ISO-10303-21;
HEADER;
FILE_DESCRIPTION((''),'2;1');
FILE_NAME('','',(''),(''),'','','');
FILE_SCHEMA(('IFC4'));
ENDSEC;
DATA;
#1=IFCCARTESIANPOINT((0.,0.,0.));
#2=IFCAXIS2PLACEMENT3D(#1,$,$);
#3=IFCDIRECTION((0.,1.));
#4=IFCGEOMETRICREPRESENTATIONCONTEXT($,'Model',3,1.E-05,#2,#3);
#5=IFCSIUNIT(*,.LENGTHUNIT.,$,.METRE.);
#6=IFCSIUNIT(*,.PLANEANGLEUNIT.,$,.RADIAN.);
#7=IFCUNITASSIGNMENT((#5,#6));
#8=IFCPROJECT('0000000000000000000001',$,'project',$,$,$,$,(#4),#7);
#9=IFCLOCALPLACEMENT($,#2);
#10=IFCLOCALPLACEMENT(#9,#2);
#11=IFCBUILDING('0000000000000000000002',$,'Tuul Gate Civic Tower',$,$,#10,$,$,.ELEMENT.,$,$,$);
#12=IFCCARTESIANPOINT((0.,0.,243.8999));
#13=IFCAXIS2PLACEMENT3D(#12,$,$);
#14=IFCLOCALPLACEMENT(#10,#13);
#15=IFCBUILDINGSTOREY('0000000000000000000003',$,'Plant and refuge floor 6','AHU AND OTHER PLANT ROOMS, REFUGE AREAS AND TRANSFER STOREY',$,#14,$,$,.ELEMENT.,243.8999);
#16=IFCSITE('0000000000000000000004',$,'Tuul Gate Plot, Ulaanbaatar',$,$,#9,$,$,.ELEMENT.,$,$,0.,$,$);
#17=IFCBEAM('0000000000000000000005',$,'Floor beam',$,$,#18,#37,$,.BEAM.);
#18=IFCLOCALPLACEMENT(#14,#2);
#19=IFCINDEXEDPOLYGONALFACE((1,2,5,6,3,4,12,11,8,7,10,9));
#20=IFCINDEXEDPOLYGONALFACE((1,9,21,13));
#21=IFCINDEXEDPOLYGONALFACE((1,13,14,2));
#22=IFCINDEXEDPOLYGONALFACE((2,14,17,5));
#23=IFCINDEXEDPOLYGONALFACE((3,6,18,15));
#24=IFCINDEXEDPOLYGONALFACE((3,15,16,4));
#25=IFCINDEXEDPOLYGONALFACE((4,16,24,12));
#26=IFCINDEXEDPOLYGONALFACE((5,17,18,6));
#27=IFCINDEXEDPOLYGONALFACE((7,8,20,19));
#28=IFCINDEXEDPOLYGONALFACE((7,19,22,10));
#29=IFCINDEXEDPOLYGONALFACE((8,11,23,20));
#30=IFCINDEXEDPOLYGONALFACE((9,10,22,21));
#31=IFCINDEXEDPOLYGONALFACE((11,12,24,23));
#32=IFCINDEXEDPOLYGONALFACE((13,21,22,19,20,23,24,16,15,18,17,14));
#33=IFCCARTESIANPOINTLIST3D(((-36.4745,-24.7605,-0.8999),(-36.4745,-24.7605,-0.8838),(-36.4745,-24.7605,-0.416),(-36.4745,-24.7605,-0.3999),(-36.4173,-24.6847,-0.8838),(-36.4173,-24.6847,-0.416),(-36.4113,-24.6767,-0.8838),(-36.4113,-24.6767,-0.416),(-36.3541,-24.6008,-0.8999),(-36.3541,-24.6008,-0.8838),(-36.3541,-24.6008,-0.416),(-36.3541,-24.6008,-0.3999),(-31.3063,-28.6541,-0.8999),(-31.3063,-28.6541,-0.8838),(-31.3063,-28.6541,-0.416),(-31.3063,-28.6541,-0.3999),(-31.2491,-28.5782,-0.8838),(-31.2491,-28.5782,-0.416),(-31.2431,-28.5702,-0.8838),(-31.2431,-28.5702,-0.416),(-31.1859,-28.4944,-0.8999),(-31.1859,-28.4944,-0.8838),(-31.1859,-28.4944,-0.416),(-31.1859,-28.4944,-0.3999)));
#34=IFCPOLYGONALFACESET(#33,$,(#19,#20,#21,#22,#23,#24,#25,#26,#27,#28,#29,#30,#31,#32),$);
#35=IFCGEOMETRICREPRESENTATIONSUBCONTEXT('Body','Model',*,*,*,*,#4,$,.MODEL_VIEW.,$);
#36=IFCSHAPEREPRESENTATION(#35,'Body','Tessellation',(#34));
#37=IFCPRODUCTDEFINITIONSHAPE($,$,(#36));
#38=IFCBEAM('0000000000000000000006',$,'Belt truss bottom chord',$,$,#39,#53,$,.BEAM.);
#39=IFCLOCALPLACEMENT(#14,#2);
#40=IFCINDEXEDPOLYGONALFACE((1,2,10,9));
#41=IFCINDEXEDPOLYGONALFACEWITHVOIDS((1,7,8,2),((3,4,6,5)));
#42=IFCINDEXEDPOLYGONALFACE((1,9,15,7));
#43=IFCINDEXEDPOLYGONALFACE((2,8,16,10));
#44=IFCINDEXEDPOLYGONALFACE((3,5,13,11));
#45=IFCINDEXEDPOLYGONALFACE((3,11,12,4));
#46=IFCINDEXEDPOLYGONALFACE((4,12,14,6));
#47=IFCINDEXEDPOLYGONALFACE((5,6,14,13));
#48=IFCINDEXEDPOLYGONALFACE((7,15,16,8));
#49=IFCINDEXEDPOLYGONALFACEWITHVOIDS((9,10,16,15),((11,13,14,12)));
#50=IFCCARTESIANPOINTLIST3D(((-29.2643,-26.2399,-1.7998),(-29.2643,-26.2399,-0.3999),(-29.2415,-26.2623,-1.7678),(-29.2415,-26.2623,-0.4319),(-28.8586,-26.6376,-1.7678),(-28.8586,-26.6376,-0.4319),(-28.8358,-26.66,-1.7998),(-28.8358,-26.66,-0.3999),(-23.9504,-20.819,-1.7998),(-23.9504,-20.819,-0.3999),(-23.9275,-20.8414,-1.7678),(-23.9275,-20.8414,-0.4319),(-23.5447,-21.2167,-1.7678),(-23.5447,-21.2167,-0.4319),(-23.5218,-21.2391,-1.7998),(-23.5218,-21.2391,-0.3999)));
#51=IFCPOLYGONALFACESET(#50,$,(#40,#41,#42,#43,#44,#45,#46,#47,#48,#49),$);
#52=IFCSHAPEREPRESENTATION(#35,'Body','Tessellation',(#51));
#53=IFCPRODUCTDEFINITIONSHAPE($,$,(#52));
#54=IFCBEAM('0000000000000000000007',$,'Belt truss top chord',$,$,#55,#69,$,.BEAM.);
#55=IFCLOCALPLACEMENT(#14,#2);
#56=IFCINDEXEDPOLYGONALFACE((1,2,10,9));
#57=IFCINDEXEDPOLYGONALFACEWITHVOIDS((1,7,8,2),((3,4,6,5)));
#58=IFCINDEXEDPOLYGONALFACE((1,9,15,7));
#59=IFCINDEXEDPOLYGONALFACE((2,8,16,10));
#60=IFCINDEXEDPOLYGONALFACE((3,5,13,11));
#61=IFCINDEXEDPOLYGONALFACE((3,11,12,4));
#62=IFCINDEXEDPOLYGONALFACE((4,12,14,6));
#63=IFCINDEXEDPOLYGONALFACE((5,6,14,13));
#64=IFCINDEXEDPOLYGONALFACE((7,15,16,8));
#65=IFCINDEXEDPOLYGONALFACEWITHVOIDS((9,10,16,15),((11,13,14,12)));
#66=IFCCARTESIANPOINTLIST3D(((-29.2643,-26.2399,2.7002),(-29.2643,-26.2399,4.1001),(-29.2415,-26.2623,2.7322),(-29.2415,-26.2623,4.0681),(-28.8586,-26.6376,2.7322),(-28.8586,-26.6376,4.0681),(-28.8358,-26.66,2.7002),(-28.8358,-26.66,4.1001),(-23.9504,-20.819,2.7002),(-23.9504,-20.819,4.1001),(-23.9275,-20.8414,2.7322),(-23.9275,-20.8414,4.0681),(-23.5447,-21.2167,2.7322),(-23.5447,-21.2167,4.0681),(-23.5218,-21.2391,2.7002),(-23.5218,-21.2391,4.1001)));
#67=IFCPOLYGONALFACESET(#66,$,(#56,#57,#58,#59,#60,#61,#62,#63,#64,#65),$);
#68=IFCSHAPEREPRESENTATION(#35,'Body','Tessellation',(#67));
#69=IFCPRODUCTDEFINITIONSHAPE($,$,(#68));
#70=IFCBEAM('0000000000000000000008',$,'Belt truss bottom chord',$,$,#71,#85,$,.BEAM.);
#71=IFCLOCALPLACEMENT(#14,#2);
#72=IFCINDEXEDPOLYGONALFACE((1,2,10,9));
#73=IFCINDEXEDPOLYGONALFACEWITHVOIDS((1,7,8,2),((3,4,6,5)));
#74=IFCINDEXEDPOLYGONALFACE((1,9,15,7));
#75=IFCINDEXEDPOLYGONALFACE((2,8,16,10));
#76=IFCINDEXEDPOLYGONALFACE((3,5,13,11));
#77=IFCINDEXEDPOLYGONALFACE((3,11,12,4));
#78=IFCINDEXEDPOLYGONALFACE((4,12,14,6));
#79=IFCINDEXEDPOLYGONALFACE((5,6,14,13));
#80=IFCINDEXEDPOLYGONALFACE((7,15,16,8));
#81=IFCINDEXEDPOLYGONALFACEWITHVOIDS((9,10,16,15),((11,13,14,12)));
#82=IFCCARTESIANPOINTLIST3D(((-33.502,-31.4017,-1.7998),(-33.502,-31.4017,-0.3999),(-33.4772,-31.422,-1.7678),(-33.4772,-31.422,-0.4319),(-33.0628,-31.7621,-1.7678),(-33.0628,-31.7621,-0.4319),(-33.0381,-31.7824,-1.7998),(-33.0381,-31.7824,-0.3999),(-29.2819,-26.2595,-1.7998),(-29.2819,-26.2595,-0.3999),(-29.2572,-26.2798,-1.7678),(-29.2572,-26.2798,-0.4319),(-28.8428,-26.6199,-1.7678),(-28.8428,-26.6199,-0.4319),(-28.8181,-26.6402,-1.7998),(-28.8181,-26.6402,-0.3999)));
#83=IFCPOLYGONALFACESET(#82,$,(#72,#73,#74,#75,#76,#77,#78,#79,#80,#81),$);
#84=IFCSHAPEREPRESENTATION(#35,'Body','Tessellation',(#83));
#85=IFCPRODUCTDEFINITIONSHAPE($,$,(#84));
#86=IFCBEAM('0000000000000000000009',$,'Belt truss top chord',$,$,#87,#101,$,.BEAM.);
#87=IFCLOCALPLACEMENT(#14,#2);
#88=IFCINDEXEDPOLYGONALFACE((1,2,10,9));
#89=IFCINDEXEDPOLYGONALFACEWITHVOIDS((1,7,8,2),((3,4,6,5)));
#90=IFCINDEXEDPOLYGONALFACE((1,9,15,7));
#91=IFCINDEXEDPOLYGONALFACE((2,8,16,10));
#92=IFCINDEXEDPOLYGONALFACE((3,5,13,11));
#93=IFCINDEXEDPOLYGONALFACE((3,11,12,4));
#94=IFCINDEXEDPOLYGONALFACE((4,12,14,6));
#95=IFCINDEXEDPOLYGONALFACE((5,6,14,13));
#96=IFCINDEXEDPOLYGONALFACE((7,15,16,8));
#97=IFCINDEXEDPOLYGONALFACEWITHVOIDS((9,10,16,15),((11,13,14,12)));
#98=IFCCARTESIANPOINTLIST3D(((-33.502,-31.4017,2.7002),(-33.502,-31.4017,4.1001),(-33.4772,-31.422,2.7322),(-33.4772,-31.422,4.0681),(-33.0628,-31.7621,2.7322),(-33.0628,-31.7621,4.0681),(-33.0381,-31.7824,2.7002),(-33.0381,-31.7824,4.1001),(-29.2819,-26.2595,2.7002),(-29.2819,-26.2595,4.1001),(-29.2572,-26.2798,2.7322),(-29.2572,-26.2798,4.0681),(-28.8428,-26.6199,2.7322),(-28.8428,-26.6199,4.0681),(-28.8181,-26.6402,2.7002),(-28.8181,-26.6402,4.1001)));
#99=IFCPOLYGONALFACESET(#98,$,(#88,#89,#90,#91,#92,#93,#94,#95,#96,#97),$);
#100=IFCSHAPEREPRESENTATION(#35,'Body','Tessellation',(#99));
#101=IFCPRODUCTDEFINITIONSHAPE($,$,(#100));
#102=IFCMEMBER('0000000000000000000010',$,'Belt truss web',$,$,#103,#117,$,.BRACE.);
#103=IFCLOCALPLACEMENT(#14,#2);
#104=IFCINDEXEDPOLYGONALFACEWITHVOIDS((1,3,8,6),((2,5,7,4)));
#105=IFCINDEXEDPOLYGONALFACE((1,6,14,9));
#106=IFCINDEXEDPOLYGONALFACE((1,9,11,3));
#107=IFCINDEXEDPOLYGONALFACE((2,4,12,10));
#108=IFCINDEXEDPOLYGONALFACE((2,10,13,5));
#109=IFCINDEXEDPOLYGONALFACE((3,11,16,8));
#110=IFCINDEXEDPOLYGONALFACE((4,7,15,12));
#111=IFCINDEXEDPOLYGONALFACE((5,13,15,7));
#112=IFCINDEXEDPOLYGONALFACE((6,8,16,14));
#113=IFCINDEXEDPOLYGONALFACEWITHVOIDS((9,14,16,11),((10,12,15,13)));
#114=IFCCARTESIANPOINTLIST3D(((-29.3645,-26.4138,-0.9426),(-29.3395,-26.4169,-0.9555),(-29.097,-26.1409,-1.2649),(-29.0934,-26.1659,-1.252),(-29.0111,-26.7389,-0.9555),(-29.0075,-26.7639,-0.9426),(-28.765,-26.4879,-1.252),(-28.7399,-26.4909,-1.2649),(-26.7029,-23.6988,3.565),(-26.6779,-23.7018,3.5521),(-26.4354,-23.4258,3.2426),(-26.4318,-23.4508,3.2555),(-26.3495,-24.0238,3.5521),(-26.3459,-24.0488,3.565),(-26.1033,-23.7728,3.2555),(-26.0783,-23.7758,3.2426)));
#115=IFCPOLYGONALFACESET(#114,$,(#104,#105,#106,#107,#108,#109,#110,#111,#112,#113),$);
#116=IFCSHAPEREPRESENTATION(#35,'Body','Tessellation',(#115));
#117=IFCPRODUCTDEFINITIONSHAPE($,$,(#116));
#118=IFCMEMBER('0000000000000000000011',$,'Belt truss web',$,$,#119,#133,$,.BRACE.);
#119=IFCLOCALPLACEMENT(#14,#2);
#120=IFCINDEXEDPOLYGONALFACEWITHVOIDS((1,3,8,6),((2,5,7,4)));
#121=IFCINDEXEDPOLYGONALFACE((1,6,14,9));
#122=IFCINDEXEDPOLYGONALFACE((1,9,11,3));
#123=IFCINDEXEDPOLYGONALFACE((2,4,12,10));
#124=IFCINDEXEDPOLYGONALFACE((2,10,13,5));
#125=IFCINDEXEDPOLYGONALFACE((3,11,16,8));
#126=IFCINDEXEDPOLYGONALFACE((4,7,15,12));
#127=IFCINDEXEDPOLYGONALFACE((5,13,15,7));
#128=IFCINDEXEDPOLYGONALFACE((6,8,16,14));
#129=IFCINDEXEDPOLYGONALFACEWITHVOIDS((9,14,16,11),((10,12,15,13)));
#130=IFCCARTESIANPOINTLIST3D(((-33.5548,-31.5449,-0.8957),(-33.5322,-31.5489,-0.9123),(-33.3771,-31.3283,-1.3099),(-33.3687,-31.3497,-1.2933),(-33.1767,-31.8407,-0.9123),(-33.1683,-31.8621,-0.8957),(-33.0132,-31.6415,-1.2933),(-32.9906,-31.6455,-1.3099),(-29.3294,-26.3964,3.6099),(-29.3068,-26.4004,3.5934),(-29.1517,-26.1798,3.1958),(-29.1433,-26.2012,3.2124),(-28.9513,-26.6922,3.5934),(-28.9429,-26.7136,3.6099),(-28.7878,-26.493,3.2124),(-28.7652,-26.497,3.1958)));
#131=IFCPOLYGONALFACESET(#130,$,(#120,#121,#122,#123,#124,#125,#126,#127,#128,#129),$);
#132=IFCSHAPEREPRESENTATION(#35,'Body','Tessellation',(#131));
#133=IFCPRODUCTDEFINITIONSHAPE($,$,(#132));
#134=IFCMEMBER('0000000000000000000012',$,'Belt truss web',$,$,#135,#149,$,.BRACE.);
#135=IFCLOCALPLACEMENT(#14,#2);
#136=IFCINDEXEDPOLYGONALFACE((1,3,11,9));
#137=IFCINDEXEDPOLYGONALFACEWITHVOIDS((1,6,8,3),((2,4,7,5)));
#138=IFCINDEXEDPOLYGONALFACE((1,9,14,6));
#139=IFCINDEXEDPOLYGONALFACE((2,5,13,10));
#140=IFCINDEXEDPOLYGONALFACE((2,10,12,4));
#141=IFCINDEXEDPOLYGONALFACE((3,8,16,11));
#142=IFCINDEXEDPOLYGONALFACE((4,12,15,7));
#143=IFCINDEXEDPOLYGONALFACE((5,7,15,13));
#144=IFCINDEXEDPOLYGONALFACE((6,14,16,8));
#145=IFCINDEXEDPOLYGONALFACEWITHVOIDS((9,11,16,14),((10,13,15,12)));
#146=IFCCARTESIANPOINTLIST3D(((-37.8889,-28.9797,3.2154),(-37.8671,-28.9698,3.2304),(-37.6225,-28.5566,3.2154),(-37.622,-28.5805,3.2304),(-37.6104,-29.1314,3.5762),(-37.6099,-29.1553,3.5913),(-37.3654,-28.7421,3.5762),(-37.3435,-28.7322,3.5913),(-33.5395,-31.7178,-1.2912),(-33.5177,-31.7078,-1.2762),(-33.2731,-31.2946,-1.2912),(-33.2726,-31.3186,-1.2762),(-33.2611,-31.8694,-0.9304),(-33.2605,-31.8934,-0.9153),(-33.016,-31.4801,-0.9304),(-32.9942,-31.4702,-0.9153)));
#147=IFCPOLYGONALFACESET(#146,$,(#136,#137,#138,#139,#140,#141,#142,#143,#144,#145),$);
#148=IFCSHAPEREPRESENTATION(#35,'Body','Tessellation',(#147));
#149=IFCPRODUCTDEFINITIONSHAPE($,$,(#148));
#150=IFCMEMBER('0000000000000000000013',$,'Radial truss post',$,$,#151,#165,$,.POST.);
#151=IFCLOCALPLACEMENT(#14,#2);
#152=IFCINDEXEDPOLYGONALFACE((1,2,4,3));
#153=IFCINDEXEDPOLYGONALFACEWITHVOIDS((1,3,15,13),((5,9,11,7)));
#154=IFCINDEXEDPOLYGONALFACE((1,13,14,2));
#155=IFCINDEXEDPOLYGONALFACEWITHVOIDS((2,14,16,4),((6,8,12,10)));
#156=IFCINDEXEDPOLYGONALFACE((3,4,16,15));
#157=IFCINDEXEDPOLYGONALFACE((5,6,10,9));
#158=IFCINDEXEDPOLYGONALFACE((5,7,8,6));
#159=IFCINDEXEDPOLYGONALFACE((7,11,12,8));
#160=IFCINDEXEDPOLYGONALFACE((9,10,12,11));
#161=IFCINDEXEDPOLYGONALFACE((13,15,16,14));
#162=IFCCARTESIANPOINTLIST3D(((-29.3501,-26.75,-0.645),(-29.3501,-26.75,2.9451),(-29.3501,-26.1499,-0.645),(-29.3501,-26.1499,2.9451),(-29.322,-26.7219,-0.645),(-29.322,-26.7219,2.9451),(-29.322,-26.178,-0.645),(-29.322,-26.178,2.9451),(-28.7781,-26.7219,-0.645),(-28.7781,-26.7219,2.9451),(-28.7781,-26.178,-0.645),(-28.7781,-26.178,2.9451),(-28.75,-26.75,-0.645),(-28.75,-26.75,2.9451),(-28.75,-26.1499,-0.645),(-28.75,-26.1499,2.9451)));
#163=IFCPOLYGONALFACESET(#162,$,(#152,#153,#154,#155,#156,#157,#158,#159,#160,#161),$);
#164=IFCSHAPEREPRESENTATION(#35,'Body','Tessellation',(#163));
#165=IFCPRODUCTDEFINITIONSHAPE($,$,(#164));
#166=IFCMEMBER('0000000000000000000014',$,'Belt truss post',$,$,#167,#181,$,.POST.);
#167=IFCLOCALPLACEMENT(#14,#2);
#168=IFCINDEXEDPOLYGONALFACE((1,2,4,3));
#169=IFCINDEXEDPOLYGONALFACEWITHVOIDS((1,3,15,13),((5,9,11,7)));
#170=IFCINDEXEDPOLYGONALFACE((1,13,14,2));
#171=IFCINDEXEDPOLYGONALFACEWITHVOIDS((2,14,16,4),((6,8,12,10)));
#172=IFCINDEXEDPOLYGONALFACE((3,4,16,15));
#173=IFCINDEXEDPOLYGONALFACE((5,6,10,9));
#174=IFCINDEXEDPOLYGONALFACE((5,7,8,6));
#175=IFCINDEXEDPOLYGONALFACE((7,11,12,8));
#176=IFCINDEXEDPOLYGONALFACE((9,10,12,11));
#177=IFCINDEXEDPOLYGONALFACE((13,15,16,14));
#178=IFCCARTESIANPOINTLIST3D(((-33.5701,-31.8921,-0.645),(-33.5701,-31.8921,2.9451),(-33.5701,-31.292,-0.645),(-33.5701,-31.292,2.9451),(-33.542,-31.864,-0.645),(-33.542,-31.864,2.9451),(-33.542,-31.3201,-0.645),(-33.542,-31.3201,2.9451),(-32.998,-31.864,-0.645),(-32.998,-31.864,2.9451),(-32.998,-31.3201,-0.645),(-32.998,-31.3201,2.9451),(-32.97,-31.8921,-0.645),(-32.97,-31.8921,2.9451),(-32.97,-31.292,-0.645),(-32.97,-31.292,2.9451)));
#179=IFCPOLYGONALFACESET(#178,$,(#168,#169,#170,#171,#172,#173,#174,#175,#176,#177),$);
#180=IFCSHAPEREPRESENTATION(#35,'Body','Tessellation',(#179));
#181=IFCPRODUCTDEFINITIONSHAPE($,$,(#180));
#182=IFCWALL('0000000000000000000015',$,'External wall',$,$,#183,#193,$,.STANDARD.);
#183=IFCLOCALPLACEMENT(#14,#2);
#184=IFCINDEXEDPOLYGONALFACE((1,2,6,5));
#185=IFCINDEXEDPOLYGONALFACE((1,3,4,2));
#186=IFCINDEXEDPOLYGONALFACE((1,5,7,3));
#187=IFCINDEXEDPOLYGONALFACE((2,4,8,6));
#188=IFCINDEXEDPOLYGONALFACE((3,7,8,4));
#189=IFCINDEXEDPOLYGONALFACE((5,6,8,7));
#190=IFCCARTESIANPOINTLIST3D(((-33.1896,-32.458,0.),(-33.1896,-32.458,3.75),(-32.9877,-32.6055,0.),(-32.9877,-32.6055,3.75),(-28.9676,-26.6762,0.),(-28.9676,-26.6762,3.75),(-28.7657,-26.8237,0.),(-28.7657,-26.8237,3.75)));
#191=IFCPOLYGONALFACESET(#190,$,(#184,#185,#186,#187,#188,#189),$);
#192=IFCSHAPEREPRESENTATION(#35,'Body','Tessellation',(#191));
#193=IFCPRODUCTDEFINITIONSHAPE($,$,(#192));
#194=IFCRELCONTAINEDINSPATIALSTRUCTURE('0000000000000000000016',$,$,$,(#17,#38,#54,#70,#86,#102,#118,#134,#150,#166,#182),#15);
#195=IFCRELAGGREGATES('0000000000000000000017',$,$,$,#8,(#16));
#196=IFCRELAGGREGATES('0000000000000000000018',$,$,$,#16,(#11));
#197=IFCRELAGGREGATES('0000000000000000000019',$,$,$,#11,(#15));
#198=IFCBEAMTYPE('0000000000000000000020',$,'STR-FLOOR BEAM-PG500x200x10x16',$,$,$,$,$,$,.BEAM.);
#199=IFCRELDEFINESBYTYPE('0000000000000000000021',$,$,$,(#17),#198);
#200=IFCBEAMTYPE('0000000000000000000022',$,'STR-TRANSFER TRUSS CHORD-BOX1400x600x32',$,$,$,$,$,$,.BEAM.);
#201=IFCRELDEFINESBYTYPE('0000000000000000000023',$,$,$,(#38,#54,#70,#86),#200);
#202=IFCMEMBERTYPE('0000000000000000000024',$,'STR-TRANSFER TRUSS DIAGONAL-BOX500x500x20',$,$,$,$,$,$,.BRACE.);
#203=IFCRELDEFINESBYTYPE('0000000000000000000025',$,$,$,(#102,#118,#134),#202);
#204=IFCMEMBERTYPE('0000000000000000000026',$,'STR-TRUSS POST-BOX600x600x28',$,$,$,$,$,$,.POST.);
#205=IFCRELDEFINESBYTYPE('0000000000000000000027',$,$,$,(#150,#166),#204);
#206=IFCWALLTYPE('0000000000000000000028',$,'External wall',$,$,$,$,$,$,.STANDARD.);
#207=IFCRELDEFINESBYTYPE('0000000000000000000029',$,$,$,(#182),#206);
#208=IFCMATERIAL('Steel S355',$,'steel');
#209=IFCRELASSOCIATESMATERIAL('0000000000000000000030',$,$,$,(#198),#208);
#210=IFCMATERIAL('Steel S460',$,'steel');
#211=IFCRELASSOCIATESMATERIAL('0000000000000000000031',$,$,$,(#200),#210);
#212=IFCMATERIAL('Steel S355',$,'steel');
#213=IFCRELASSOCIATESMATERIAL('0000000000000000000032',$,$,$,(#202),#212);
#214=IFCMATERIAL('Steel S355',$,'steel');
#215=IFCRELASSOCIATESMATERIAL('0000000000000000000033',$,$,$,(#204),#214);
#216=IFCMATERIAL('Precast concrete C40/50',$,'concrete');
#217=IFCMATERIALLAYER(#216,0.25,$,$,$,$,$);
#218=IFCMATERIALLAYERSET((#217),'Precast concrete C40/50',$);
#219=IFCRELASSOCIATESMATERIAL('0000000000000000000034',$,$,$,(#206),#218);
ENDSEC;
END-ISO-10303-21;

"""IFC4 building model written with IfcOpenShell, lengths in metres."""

from ifc_helpers import new_model, si_unit, direction, frame, frame_2d, origin, origin_2d, place, context, subcontext, project, spatial, rectangle, hollow_rectangle, i_section, extrude, material, layer, layer_set, material_profile, profile_set, type_object, element, save


model = new_model("IFC4")

# Units and contexts
model_context = context("Model", 3, precision=1e-05, world=origin(), true_north=direction((0.0, 1.0)))
body_context = subcontext(model_context, "Body", "Model", "MODEL_VIEW")
ifc_project = project(units=[si_unit("LENGTHUNIT", "METRE"), si_unit("PLANEANGLEUNIT", "RADIAN")], contexts=[model_context])

# Site, building, storey
site_placement = place(None, origin())
site = spatial("IfcSite", under=ifc_project, at=site_placement, Name="Tuul Gate Plot, Ulaanbaatar", CompositionType="ELEMENT", RefElevation=0.0)
building_placement = place(site_placement, origin())
building = spatial("IfcBuilding", under=site, at=building_placement, Name="Tuul Gate Civic Tower", CompositionType="ELEMENT")
storey_placement = place(building_placement, frame((0.0, 0.0, 243.8999)))
storey = spatial("IfcBuildingStorey", under=building, at=storey_placement, Name="Plant and refuge floor 6", Description="AHU AND OTHER PLANT ROOMS, REFUGE AREAS AND TRANSFER STOREY", CompositionType="ELEMENT", Elevation=243.8999)

# Beams
ifc_material_1 = material(Name="Steel S355", Category="steel")
ifc_material_profile_1 = material_profile(ifc_material_1, i_section(OverallWidth=0.2, OverallDepth=0.5, WebThickness=0.01, FlangeThickness=0.0161, at=origin_2d()), Name="PG500x200x10x16")
ifc_profile_set_1 = profile_set([ifc_material_profile_1], Name="Steel S355")
beam_type_1 = type_object("IfcBeamType", Name="STR-FLOOR BEAM-PG500x200x10x16", PredefinedType="BEAM", material=ifc_profile_set_1)
beam_placement = place(storey_placement, frame((-31.2461, -28.5742, -0.6499), z_axis=(-0.798708, 0.601719, 0.0), x_axis=(-0.601719, -0.798708, 0.0)))
element("IfcBeam", 1, at=beam_placement, inside=storey, type_object=beam_type_1, Name="Floor beam", PredefinedType="BEAM", context=body_context, shape_type="SweptSolid", body=[
    extrude(i_section(OverallWidth=0.2, OverallDepth=0.5, WebThickness=0.01, FlangeThickness=0.0161, at=origin_2d()), origin(), (0.0, 0.0, 1.0), 6.4707),
])
ifc_material_2 = material(Name="Steel S460", Category="steel")
ifc_material_profile_2 = material_profile(ifc_material_2, hollow_rectangle(XDim=0.6001, YDim=1.3999, WallThickness=0.032, at=origin_2d()), Name="BOX1400x600x32")
ifc_profile_set_2 = profile_set([ifc_material_profile_2], Name="Steel S460")
beam_type_2 = type_object("IfcBeamType", Name="STR-TRANSFER TRUSS CHORD-BOX1400x600x32", PredefinedType="BEAM", material=ifc_profile_set_2)
for number, where, z_axis, x_axis, name in (
    (2, (-29.05, -26.45, -1.0999), (0.700028, 0.714115, 0.0), (-0.714115, 0.700028, 0.0), "Belt truss bottom chord"),
    (3, (-29.05, -26.45, 3.4001), (0.700028, 0.714115, 0.0), (-0.714115, 0.700028, 0.0), "Belt truss top chord"),
):
    element("IfcBeam", number, at=place(storey_placement, frame(where, z_axis=z_axis, x_axis=x_axis)), inside=storey, type_object=beam_type_2, Name=name, PredefinedType="BEAM", context=body_context, shape_type="SweptSolid", body=[
        extrude(hollow_rectangle(XDim=0.6001, YDim=1.3999, WallThickness=0.032, at=origin_2d()), origin(), (0.0, 0.0, 1.0), 7.5911),
    ])
for number, where, z_axis, x_axis, name in (
    (4, (-33.27, -31.592, -1.0999), (0.63439, 0.773013, 0.0), (-0.773013, 0.63439, 0.0), "Belt truss bottom chord"),
    (5, (-33.27, -31.592, 3.4001), (0.63439, 0.773013, 0.0), (-0.773013, 0.63439, 0.0), "Belt truss top chord"),
):
    element("IfcBeam", number, at=place(storey_placement, frame(where, z_axis=z_axis, x_axis=x_axis)), inside=storey, type_object=beam_type_2, Name=name, PredefinedType="BEAM", context=body_context, shape_type="SweptSolid", body=[
        extrude(hollow_rectangle(XDim=0.6001, YDim=1.3999, WallThickness=0.032, at=origin_2d()), origin(), (0.0, 0.0, 1.0), 6.6521),
    ])

# Members
ifc_material_3 = material(Name="Steel S355", Category="steel")
ifc_material_profile_3 = material_profile(ifc_material_3, hollow_rectangle(XDim=0.5, YDim=0.5, WallThickness=0.02, at=origin_2d()), Name="BOX500x500x20")
ifc_profile_set_3 = profile_set([ifc_material_profile_3], Name="Steel S355")
member_type_1 = type_object("IfcMemberType", Name="STR-TRANSFER TRUSS DIAGONAL-BOX500x500x20", PredefinedType="BRACE", material=ifc_profile_set_3)
member_1_placement = place(storey_placement, frame((-29.0522, -26.4524, -1.1038), z_axis=(0.451355, 0.460422, 0.764389), x_axis=(-0.714103, 0.700041, 0.0)))
element("IfcMember", 6, at=member_1_placement, inside=storey, type_object=member_type_1, Name="Belt truss web", PredefinedType="BRACE", context=body_context, shape_type="SweptSolid", body=[
    extrude(hollow_rectangle(XDim=0.5, YDim=0.5, WallThickness=0.02, at=origin_2d()), origin(), (0.0, 0.0, 1.0), 5.897),
])
member_2_placement = place(storey_placement, frame((-33.2727, -31.5952, -1.1028), z_axis=(0.525463, 0.640259, 0.560318), x_axis=(-0.773001, 0.634405, 0.0)))
element("IfcMember", 7, at=member_2_placement, inside=storey, type_object=member_type_1, Name="Belt truss web", PredefinedType="BRACE", context=body_context, shape_type="SweptSolid", body=[
    extrude(hollow_rectangle(XDim=0.5, YDim=0.5, WallThickness=0.02, at=origin_2d()), origin(), (0.0, 0.0, 1.0), 8.0413),
])
member_3_placement = place(storey_placement, frame((-33.2668, -31.594, -1.1033), z_axis=(-0.636297, 0.400565, 0.659298), x_axis=(-0.53275, -0.846273, 0.0)))
element("IfcMember", 8, at=member_3_placement, inside=storey, type_object=member_type_1, Name="Belt truss web", PredefinedType="BRACE", context=body_context, shape_type="SweptSolid", body=[
    extrude(hollow_rectangle(XDim=0.5, YDim=0.5, WallThickness=0.02, at=origin_2d()), origin(), (0.0, 0.0, 1.0), 6.8354),
])
ifc_material_4 = material(Name="Steel S355", Category="steel")
ifc_material_profile_4 = material_profile(ifc_material_4, hollow_rectangle(XDim=0.6001, YDim=0.6001, WallThickness=0.0281, at=origin_2d()), Name="BOX600x600x28")
ifc_profile_set_4 = profile_set([ifc_material_profile_4], Name="Steel S355")
member_type_2 = type_object("IfcMemberType", Name="STR-TRUSS POST-BOX600x600x28", PredefinedType="POST", material=ifc_profile_set_4)
for number, where, z_axis, x_axis, name in (
    (9, (-29.05, -26.45, -0.645), (0.0, 0.0, 1.0), (1.0, 0.0, 0.0), "Radial truss post"),
    (10, (-33.27, -31.592, -0.645), (0.0, 0.0, 1.0), (1.0, 0.0, 0.0), "Belt truss post"),
):
    element("IfcMember", number, at=place(storey_placement, frame(where, z_axis=z_axis, x_axis=x_axis)), inside=storey, type_object=member_type_2, Name=name, PredefinedType="POST", context=body_context, shape_type="SweptSolid", body=[
        extrude(hollow_rectangle(XDim=0.6001, YDim=0.6001, WallThickness=0.0281, at=origin_2d()), origin(), (0.0, 0.0, 1.0), 3.5901),
    ])

# Wall
ifc_material_5 = material(Name="Precast concrete C40/50", Category="concrete")
ifc_layer = layer(ifc_material_5, 0.25)
ifc_layer_set = layer_set([ifc_layer], Name="Precast concrete C40/50")
wall_type = type_object("IfcWallType", Name="External wall", PredefinedType="STANDARD", material=ifc_layer_set)
wall_1_placement = place(storey_placement, frame((-33.0886, -32.5317, 0.0), z_axis=(0.0, 0.0, 1.0), x_axis=(0.589726, 0.807604, 0.0)))
element("IfcWall", 11, at=wall_1_placement, inside=storey, type_object=wall_type, Name="External wall", PredefinedType="STANDARD", context=body_context, shape_type="SweptSolid", body=[
    extrude(rectangle(XDim=7.1592, YDim=0.25, at=frame_2d((3.5796, 0.0))), origin(), (0.0, 0.0, 1.0), 3.75),
])

save(model, "model.ifc")
